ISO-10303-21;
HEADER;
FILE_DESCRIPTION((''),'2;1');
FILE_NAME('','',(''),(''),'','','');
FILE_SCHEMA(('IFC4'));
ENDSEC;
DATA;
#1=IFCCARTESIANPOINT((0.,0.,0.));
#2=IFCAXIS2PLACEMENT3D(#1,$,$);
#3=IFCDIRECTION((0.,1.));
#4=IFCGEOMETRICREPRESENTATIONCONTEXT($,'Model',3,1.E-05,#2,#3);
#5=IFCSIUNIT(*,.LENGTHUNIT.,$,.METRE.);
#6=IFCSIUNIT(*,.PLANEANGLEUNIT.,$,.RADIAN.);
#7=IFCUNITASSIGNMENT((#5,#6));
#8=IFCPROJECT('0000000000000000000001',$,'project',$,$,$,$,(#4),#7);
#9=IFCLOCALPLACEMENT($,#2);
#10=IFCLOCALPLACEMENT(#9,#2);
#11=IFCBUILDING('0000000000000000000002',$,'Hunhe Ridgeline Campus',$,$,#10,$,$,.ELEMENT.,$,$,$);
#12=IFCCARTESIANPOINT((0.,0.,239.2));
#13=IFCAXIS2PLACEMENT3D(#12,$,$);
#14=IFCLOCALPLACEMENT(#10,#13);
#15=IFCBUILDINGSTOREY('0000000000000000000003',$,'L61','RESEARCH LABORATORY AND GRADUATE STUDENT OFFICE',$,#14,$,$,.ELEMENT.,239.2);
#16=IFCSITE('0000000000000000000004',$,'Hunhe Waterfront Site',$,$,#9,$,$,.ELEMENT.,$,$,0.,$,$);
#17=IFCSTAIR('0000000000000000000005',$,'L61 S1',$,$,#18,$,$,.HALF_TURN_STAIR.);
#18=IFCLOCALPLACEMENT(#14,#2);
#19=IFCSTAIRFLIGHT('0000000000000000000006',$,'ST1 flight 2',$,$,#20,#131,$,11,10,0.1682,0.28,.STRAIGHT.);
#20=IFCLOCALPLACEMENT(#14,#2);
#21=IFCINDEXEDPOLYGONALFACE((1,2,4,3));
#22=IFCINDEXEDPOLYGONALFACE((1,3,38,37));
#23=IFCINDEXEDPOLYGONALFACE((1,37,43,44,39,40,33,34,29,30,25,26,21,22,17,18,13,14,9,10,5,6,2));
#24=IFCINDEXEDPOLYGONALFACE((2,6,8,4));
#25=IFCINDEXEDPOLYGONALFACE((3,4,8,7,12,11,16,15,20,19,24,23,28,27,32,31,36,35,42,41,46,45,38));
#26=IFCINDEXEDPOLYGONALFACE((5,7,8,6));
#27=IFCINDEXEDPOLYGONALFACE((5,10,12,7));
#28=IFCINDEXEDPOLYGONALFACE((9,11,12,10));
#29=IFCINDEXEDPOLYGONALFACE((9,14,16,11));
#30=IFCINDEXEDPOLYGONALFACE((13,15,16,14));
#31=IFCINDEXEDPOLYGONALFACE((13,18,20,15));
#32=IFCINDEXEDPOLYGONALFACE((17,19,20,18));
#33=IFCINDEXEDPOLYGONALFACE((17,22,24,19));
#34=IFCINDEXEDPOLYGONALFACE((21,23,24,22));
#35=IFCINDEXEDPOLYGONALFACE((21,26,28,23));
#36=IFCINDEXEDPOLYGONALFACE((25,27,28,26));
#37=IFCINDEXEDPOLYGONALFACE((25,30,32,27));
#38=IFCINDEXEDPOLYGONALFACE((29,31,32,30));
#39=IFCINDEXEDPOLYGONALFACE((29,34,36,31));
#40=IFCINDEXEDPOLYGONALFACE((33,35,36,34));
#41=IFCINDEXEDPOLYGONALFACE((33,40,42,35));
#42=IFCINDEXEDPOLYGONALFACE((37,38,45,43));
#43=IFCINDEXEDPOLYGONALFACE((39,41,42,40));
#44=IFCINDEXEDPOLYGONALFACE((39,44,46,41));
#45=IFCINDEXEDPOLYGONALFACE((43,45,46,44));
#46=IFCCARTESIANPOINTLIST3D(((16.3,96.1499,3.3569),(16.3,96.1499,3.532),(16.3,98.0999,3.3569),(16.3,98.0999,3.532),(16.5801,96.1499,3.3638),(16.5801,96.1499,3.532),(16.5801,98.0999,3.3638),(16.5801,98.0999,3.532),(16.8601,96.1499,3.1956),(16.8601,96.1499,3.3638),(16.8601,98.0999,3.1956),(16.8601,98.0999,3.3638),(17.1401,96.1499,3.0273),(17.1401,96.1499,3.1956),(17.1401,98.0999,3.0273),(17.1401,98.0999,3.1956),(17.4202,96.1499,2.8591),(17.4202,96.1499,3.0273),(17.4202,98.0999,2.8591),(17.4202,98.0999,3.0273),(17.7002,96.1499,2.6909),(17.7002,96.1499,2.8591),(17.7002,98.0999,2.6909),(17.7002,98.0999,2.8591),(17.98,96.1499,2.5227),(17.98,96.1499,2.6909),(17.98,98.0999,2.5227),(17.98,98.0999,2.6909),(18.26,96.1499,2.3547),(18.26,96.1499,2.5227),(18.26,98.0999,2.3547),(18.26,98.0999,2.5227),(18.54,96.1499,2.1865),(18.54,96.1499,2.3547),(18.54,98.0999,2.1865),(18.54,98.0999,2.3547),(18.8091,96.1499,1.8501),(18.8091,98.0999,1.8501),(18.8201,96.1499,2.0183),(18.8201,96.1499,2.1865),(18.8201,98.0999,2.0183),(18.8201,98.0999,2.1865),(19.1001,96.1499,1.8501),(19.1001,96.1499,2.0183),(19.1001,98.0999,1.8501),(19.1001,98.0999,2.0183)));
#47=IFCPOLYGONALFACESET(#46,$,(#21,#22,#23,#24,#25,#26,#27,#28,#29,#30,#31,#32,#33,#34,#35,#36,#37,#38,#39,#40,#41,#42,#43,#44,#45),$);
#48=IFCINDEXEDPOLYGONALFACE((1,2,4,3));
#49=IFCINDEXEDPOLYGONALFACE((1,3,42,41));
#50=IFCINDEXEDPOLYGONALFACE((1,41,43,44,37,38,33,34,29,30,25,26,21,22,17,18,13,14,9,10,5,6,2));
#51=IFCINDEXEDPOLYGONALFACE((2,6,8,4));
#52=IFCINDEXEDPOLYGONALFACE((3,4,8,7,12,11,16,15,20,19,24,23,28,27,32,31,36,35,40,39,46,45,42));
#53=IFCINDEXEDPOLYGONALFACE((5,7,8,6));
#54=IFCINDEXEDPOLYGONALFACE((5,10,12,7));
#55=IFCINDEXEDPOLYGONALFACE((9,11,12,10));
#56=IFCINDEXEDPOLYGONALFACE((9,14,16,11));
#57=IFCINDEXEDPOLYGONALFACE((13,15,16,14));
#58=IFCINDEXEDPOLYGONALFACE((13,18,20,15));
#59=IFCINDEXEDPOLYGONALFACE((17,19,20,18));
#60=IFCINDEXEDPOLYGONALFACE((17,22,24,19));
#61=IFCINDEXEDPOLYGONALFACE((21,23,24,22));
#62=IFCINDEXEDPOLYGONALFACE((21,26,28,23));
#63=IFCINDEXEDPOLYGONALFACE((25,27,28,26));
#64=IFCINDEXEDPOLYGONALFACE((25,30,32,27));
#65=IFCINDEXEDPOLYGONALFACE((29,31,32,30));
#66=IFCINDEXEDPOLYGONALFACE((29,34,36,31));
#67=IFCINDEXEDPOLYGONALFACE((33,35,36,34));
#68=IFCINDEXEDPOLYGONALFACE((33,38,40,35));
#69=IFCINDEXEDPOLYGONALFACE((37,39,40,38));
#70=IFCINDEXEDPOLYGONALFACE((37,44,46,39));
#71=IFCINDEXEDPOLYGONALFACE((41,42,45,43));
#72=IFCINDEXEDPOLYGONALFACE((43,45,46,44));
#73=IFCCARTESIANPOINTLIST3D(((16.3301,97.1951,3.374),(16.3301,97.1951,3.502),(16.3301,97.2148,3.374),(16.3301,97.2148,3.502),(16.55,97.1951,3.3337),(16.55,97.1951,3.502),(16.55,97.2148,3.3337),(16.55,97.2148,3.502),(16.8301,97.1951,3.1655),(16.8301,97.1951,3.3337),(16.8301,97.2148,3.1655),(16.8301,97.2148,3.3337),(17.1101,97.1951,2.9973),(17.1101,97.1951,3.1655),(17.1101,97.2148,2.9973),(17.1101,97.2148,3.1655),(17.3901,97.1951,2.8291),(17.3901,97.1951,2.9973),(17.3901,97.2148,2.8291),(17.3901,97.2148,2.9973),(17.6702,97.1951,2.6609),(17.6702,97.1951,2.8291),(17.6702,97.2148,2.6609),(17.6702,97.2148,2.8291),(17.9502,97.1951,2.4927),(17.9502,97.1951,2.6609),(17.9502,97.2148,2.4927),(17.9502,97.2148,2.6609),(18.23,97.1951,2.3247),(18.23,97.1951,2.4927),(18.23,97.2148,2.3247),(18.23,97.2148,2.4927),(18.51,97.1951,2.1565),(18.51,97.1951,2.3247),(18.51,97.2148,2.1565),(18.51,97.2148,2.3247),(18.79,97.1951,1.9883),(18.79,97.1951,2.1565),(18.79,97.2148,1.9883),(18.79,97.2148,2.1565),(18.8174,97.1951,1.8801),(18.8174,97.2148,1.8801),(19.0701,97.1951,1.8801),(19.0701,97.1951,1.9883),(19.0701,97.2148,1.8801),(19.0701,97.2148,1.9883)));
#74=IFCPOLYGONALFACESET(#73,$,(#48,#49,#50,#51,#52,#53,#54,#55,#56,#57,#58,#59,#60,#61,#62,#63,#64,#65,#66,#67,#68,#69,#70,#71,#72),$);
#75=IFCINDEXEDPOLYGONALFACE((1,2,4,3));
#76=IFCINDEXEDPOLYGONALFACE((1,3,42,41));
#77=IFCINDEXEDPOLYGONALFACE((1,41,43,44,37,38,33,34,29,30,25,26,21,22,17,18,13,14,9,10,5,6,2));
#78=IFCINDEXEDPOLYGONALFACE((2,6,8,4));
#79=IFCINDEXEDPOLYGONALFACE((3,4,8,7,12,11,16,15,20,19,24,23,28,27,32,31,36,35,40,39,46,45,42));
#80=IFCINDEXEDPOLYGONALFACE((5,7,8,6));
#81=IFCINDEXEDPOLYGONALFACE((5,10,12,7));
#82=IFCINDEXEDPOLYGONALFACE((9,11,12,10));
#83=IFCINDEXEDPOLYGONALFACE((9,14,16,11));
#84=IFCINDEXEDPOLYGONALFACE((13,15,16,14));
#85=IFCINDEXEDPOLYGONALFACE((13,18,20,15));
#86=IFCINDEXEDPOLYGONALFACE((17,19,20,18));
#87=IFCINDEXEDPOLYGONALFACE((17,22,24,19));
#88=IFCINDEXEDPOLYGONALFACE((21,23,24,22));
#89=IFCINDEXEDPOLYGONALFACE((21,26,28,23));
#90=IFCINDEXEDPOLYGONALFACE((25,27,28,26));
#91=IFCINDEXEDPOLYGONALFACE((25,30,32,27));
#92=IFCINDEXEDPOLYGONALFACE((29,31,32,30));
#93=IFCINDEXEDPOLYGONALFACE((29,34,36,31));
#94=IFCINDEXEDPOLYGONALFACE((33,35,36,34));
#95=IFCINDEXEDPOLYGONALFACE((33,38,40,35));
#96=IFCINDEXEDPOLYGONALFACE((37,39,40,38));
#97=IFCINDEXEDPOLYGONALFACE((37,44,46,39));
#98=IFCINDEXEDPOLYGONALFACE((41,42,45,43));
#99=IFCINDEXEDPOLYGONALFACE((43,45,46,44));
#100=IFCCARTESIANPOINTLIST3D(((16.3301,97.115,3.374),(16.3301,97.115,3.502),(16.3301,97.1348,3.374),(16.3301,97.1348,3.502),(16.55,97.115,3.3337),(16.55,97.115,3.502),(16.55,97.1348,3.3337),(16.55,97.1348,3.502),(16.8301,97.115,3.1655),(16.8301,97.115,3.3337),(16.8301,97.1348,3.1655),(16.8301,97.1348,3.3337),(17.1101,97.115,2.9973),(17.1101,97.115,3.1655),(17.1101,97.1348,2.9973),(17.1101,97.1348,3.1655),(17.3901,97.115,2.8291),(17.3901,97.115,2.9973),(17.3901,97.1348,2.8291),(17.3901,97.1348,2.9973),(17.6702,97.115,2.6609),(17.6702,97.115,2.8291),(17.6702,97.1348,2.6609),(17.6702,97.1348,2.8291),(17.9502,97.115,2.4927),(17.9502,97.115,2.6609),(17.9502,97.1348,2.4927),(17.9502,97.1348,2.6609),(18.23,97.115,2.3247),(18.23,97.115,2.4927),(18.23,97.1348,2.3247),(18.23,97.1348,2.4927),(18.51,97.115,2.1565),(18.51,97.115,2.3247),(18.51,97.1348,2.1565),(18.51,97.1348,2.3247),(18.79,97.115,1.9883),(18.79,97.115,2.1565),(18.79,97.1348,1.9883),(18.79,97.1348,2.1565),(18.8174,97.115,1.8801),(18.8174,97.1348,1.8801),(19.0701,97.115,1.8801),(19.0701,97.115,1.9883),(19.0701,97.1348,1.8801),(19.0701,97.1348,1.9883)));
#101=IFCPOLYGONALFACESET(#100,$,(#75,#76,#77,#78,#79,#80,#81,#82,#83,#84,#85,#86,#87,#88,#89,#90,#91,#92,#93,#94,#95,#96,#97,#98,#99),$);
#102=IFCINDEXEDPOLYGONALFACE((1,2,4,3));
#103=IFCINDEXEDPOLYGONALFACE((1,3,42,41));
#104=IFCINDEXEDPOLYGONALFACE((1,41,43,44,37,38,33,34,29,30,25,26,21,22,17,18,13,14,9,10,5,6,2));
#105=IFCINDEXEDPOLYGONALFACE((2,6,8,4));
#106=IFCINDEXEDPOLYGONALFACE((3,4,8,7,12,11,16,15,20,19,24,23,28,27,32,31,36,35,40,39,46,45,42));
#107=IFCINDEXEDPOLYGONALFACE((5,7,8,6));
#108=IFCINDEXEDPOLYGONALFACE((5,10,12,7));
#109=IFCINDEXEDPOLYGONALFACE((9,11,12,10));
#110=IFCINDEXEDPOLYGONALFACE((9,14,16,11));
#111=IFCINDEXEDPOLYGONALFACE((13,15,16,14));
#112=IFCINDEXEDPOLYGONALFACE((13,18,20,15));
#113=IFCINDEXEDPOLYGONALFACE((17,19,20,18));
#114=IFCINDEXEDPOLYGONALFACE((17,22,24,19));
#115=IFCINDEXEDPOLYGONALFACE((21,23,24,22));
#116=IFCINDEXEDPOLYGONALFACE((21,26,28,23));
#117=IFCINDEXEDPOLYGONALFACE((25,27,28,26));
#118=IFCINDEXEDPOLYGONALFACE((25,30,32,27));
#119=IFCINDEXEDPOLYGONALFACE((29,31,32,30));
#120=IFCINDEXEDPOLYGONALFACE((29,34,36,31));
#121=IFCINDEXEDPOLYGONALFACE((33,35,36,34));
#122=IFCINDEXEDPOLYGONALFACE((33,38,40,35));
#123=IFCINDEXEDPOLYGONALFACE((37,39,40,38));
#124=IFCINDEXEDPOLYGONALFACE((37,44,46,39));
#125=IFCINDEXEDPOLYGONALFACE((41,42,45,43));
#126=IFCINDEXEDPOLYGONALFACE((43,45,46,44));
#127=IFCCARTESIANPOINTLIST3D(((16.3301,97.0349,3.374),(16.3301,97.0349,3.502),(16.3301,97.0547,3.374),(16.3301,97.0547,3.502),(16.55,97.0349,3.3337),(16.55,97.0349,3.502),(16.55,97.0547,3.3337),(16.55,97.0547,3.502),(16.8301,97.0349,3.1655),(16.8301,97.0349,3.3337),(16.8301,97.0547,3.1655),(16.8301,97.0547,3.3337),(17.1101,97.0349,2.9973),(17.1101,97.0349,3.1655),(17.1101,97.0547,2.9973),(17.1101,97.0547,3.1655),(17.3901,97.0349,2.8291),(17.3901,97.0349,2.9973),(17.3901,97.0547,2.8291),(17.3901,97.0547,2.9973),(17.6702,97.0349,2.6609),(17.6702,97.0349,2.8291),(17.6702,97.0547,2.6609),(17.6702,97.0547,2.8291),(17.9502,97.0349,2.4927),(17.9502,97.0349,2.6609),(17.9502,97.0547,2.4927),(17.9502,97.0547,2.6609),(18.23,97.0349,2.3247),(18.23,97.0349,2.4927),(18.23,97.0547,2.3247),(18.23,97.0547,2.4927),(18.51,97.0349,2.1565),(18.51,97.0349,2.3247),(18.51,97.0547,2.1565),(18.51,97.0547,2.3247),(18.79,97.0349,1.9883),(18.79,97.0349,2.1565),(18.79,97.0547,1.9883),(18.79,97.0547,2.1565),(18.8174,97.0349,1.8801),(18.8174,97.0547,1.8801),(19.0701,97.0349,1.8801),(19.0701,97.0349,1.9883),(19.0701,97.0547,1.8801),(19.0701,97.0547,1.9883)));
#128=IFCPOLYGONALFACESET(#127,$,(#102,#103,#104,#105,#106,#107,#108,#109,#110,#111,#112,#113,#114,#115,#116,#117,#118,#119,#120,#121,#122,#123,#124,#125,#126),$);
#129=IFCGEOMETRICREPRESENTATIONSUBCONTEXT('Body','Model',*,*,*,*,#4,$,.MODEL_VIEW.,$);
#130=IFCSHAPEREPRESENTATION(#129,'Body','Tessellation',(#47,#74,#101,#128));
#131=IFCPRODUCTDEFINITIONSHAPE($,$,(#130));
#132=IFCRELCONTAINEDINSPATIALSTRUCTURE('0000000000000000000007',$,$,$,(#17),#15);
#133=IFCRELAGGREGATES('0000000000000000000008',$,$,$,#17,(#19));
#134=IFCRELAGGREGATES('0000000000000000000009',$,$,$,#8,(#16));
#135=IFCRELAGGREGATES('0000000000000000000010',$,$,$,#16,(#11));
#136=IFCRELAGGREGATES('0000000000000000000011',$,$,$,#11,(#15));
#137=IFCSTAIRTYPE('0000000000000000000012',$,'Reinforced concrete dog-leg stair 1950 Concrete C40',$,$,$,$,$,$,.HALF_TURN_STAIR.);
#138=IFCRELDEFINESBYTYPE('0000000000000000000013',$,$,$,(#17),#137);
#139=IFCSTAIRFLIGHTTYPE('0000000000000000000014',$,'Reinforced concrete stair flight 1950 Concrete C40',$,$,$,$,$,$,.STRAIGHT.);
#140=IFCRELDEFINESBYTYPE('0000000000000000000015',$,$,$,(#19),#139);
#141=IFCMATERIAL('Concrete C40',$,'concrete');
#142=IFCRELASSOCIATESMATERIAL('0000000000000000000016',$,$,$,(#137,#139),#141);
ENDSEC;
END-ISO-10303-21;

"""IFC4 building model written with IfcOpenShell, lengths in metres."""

from ifc_helpers import new_model, si_unit, direction, frame, origin, place, context, subcontext, project, spatial, polyline, outline, extrude, material, type_object, element, aggregate, save


model = new_model("IFC4")

# Units and contexts
model_context = context("Model", 3, precision=1e-05, world=origin(), true_north=direction((0.0, 1.0)))
body_context = subcontext(model_context, "Body", "Model", "MODEL_VIEW")
ifc_project = project(units=[si_unit("LENGTHUNIT", "METRE"), si_unit("PLANEANGLEUNIT", "RADIAN")], contexts=[model_context])

# Site, building, storey
site_placement = place(None, origin())
site = spatial("IfcSite", under=ifc_project, at=site_placement, Name="Hunhe Waterfront Site", CompositionType="ELEMENT", RefElevation=0.0)
building_placement = place(site_placement, origin())
building = spatial("IfcBuilding", under=site, at=building_placement, Name="Hunhe Ridgeline Campus", CompositionType="ELEMENT")
storey_placement = place(building_placement, frame((0.0, 0.0, 239.2)))
storey = spatial("IfcBuildingStorey", under=building, at=storey_placement, Name="L61", Description="RESEARCH LABORATORY AND GRADUATE STUDENT OFFICE", CompositionType="ELEMENT", Elevation=239.2)

# Stair, stair flight
ifc_material_1 = material(Name="Concrete C40", Category="concrete")
stair_type = type_object("IfcStairType", Name="Reinforced concrete dog-leg stair 1950 Concrete C40", PredefinedType="HALF_TURN_STAIR", material=ifc_material_1)
stair_placement = place(storey_placement, origin())
stair = element("IfcStair", 1, at=stair_placement, inside=storey, type_object=stair_type, Name="L61 S1", PredefinedType="HALF_TURN_STAIR")
stair_flight_type = type_object("IfcStairFlightType", Name="Reinforced concrete stair flight 1950 Concrete C40", PredefinedType="STRAIGHT", material=ifc_material_1)
stair_flight_1_placement = place(storey_placement, frame((19.1001, 97.125, 1.8501), z_axis=(0.0, 0.0, 1.0), x_axis=(-1.0, 0.0, 0.0)))
stair_flight_1 = element("IfcStairFlight", 2, at=stair_flight_1_placement, type_object=stair_flight_type, Name="ST1 flight 2", NumberOfRisers=11, NumberOfTreads=10, PredefinedType="STRAIGHT", RiserHeight=0.1682, TreadLength=0.28, context=body_context, shape_type="SweptSolid", body=[
    extrude(outline(polyline([(0.0, 0.0), (0.0, 0.1682), (0.28, 0.1682), (0.28, 0.3364), (0.5601, 0.3364), (0.5601, 0.5046), (0.8401, 0.5046), (0.8401, 0.6726), (1.1201, 0.6726), (1.1201, 0.8408), (1.3999, 0.8408), (1.3999, 1.009), (1.6799, 1.009), (1.6799, 1.1772), (1.96, 1.1772), (1.96, 1.3455), (2.24, 1.3455), (2.24, 1.5137), (2.52, 1.5137), (2.52, 1.6819), (2.8, 1.6819), (2.8, 1.8501), (2.8, 1.5068), (0.291, 0.0), (0.0, 0.0)])), frame((0.0, 0.9751, 0.0), z_axis=(0.0, -1.0, 0.0), x_axis=(1.0, 0.0, 0.0)), (0.0, 0.0, 1.0), 1.95),
    extrude(outline(polyline([(0.03, 0.03), (0.03, 0.1382), (0.3101, 0.1382), (0.3101, 0.3064), (0.5901, 0.3064), (0.5901, 0.4746), (0.8701, 0.4746), (0.8701, 0.6426), (1.1499, 0.6426), (1.1499, 0.8108), (1.4299, 0.8108), (1.4299, 0.979), (1.71, 0.979), (1.71, 1.1472), (1.99, 1.1472), (1.99, 1.3154), (2.27, 1.3154), (2.27, 1.4836), (2.55, 1.4836), (2.55, 1.6519), (2.77, 1.6519), (2.77, 1.5239), (0.2827, 0.03), (0.03, 0.03)])), frame((0.0, -0.0701, 0.0), z_axis=(0.0, -1.0, 0.0), x_axis=(1.0, 0.0, 0.0)), (0.0, 0.0, 1.0), 0.0198),
    extrude(outline(polyline([(0.03, 0.03), (0.03, 0.1382), (0.3101, 0.1382), (0.3101, 0.3064), (0.5901, 0.3064), (0.5901, 0.4746), (0.8701, 0.4746), (0.8701, 0.6426), (1.1499, 0.6426), (1.1499, 0.8108), (1.4299, 0.8108), (1.4299, 0.979), (1.71, 0.979), (1.71, 1.1472), (1.99, 1.1472), (1.99, 1.3154), (2.27, 1.3154), (2.27, 1.4836), (2.55, 1.4836), (2.55, 1.6519), (2.77, 1.6519), (2.77, 1.5239), (0.2827, 0.03), (0.03, 0.03)])), frame((0.0, 0.01, 0.0), z_axis=(0.0, -1.0, 0.0), x_axis=(1.0, 0.0, 0.0)), (0.0, 0.0, 1.0), 0.0198),
    extrude(outline(polyline([(0.03, 0.03), (0.03, 0.1382), (0.3101, 0.1382), (0.3101, 0.3064), (0.5901, 0.3064), (0.5901, 0.4746), (0.8701, 0.4746), (0.8701, 0.6426), (1.1499, 0.6426), (1.1499, 0.8108), (1.4299, 0.8108), (1.4299, 0.979), (1.71, 0.979), (1.71, 1.1472), (1.99, 1.1472), (1.99, 1.3154), (2.27, 1.3154), (2.27, 1.4836), (2.55, 1.4836), (2.55, 1.6519), (2.77, 1.6519), (2.77, 1.5239), (0.2827, 0.03), (0.03, 0.03)])), frame((0.0, 0.0901, 0.0), z_axis=(0.0, -1.0, 0.0), x_axis=(1.0, 0.0, 0.0)), (0.0, 0.0, 1.0), 0.0198),
])
aggregate(stair, [stair_flight_1])

save(model, "model.ifc")
